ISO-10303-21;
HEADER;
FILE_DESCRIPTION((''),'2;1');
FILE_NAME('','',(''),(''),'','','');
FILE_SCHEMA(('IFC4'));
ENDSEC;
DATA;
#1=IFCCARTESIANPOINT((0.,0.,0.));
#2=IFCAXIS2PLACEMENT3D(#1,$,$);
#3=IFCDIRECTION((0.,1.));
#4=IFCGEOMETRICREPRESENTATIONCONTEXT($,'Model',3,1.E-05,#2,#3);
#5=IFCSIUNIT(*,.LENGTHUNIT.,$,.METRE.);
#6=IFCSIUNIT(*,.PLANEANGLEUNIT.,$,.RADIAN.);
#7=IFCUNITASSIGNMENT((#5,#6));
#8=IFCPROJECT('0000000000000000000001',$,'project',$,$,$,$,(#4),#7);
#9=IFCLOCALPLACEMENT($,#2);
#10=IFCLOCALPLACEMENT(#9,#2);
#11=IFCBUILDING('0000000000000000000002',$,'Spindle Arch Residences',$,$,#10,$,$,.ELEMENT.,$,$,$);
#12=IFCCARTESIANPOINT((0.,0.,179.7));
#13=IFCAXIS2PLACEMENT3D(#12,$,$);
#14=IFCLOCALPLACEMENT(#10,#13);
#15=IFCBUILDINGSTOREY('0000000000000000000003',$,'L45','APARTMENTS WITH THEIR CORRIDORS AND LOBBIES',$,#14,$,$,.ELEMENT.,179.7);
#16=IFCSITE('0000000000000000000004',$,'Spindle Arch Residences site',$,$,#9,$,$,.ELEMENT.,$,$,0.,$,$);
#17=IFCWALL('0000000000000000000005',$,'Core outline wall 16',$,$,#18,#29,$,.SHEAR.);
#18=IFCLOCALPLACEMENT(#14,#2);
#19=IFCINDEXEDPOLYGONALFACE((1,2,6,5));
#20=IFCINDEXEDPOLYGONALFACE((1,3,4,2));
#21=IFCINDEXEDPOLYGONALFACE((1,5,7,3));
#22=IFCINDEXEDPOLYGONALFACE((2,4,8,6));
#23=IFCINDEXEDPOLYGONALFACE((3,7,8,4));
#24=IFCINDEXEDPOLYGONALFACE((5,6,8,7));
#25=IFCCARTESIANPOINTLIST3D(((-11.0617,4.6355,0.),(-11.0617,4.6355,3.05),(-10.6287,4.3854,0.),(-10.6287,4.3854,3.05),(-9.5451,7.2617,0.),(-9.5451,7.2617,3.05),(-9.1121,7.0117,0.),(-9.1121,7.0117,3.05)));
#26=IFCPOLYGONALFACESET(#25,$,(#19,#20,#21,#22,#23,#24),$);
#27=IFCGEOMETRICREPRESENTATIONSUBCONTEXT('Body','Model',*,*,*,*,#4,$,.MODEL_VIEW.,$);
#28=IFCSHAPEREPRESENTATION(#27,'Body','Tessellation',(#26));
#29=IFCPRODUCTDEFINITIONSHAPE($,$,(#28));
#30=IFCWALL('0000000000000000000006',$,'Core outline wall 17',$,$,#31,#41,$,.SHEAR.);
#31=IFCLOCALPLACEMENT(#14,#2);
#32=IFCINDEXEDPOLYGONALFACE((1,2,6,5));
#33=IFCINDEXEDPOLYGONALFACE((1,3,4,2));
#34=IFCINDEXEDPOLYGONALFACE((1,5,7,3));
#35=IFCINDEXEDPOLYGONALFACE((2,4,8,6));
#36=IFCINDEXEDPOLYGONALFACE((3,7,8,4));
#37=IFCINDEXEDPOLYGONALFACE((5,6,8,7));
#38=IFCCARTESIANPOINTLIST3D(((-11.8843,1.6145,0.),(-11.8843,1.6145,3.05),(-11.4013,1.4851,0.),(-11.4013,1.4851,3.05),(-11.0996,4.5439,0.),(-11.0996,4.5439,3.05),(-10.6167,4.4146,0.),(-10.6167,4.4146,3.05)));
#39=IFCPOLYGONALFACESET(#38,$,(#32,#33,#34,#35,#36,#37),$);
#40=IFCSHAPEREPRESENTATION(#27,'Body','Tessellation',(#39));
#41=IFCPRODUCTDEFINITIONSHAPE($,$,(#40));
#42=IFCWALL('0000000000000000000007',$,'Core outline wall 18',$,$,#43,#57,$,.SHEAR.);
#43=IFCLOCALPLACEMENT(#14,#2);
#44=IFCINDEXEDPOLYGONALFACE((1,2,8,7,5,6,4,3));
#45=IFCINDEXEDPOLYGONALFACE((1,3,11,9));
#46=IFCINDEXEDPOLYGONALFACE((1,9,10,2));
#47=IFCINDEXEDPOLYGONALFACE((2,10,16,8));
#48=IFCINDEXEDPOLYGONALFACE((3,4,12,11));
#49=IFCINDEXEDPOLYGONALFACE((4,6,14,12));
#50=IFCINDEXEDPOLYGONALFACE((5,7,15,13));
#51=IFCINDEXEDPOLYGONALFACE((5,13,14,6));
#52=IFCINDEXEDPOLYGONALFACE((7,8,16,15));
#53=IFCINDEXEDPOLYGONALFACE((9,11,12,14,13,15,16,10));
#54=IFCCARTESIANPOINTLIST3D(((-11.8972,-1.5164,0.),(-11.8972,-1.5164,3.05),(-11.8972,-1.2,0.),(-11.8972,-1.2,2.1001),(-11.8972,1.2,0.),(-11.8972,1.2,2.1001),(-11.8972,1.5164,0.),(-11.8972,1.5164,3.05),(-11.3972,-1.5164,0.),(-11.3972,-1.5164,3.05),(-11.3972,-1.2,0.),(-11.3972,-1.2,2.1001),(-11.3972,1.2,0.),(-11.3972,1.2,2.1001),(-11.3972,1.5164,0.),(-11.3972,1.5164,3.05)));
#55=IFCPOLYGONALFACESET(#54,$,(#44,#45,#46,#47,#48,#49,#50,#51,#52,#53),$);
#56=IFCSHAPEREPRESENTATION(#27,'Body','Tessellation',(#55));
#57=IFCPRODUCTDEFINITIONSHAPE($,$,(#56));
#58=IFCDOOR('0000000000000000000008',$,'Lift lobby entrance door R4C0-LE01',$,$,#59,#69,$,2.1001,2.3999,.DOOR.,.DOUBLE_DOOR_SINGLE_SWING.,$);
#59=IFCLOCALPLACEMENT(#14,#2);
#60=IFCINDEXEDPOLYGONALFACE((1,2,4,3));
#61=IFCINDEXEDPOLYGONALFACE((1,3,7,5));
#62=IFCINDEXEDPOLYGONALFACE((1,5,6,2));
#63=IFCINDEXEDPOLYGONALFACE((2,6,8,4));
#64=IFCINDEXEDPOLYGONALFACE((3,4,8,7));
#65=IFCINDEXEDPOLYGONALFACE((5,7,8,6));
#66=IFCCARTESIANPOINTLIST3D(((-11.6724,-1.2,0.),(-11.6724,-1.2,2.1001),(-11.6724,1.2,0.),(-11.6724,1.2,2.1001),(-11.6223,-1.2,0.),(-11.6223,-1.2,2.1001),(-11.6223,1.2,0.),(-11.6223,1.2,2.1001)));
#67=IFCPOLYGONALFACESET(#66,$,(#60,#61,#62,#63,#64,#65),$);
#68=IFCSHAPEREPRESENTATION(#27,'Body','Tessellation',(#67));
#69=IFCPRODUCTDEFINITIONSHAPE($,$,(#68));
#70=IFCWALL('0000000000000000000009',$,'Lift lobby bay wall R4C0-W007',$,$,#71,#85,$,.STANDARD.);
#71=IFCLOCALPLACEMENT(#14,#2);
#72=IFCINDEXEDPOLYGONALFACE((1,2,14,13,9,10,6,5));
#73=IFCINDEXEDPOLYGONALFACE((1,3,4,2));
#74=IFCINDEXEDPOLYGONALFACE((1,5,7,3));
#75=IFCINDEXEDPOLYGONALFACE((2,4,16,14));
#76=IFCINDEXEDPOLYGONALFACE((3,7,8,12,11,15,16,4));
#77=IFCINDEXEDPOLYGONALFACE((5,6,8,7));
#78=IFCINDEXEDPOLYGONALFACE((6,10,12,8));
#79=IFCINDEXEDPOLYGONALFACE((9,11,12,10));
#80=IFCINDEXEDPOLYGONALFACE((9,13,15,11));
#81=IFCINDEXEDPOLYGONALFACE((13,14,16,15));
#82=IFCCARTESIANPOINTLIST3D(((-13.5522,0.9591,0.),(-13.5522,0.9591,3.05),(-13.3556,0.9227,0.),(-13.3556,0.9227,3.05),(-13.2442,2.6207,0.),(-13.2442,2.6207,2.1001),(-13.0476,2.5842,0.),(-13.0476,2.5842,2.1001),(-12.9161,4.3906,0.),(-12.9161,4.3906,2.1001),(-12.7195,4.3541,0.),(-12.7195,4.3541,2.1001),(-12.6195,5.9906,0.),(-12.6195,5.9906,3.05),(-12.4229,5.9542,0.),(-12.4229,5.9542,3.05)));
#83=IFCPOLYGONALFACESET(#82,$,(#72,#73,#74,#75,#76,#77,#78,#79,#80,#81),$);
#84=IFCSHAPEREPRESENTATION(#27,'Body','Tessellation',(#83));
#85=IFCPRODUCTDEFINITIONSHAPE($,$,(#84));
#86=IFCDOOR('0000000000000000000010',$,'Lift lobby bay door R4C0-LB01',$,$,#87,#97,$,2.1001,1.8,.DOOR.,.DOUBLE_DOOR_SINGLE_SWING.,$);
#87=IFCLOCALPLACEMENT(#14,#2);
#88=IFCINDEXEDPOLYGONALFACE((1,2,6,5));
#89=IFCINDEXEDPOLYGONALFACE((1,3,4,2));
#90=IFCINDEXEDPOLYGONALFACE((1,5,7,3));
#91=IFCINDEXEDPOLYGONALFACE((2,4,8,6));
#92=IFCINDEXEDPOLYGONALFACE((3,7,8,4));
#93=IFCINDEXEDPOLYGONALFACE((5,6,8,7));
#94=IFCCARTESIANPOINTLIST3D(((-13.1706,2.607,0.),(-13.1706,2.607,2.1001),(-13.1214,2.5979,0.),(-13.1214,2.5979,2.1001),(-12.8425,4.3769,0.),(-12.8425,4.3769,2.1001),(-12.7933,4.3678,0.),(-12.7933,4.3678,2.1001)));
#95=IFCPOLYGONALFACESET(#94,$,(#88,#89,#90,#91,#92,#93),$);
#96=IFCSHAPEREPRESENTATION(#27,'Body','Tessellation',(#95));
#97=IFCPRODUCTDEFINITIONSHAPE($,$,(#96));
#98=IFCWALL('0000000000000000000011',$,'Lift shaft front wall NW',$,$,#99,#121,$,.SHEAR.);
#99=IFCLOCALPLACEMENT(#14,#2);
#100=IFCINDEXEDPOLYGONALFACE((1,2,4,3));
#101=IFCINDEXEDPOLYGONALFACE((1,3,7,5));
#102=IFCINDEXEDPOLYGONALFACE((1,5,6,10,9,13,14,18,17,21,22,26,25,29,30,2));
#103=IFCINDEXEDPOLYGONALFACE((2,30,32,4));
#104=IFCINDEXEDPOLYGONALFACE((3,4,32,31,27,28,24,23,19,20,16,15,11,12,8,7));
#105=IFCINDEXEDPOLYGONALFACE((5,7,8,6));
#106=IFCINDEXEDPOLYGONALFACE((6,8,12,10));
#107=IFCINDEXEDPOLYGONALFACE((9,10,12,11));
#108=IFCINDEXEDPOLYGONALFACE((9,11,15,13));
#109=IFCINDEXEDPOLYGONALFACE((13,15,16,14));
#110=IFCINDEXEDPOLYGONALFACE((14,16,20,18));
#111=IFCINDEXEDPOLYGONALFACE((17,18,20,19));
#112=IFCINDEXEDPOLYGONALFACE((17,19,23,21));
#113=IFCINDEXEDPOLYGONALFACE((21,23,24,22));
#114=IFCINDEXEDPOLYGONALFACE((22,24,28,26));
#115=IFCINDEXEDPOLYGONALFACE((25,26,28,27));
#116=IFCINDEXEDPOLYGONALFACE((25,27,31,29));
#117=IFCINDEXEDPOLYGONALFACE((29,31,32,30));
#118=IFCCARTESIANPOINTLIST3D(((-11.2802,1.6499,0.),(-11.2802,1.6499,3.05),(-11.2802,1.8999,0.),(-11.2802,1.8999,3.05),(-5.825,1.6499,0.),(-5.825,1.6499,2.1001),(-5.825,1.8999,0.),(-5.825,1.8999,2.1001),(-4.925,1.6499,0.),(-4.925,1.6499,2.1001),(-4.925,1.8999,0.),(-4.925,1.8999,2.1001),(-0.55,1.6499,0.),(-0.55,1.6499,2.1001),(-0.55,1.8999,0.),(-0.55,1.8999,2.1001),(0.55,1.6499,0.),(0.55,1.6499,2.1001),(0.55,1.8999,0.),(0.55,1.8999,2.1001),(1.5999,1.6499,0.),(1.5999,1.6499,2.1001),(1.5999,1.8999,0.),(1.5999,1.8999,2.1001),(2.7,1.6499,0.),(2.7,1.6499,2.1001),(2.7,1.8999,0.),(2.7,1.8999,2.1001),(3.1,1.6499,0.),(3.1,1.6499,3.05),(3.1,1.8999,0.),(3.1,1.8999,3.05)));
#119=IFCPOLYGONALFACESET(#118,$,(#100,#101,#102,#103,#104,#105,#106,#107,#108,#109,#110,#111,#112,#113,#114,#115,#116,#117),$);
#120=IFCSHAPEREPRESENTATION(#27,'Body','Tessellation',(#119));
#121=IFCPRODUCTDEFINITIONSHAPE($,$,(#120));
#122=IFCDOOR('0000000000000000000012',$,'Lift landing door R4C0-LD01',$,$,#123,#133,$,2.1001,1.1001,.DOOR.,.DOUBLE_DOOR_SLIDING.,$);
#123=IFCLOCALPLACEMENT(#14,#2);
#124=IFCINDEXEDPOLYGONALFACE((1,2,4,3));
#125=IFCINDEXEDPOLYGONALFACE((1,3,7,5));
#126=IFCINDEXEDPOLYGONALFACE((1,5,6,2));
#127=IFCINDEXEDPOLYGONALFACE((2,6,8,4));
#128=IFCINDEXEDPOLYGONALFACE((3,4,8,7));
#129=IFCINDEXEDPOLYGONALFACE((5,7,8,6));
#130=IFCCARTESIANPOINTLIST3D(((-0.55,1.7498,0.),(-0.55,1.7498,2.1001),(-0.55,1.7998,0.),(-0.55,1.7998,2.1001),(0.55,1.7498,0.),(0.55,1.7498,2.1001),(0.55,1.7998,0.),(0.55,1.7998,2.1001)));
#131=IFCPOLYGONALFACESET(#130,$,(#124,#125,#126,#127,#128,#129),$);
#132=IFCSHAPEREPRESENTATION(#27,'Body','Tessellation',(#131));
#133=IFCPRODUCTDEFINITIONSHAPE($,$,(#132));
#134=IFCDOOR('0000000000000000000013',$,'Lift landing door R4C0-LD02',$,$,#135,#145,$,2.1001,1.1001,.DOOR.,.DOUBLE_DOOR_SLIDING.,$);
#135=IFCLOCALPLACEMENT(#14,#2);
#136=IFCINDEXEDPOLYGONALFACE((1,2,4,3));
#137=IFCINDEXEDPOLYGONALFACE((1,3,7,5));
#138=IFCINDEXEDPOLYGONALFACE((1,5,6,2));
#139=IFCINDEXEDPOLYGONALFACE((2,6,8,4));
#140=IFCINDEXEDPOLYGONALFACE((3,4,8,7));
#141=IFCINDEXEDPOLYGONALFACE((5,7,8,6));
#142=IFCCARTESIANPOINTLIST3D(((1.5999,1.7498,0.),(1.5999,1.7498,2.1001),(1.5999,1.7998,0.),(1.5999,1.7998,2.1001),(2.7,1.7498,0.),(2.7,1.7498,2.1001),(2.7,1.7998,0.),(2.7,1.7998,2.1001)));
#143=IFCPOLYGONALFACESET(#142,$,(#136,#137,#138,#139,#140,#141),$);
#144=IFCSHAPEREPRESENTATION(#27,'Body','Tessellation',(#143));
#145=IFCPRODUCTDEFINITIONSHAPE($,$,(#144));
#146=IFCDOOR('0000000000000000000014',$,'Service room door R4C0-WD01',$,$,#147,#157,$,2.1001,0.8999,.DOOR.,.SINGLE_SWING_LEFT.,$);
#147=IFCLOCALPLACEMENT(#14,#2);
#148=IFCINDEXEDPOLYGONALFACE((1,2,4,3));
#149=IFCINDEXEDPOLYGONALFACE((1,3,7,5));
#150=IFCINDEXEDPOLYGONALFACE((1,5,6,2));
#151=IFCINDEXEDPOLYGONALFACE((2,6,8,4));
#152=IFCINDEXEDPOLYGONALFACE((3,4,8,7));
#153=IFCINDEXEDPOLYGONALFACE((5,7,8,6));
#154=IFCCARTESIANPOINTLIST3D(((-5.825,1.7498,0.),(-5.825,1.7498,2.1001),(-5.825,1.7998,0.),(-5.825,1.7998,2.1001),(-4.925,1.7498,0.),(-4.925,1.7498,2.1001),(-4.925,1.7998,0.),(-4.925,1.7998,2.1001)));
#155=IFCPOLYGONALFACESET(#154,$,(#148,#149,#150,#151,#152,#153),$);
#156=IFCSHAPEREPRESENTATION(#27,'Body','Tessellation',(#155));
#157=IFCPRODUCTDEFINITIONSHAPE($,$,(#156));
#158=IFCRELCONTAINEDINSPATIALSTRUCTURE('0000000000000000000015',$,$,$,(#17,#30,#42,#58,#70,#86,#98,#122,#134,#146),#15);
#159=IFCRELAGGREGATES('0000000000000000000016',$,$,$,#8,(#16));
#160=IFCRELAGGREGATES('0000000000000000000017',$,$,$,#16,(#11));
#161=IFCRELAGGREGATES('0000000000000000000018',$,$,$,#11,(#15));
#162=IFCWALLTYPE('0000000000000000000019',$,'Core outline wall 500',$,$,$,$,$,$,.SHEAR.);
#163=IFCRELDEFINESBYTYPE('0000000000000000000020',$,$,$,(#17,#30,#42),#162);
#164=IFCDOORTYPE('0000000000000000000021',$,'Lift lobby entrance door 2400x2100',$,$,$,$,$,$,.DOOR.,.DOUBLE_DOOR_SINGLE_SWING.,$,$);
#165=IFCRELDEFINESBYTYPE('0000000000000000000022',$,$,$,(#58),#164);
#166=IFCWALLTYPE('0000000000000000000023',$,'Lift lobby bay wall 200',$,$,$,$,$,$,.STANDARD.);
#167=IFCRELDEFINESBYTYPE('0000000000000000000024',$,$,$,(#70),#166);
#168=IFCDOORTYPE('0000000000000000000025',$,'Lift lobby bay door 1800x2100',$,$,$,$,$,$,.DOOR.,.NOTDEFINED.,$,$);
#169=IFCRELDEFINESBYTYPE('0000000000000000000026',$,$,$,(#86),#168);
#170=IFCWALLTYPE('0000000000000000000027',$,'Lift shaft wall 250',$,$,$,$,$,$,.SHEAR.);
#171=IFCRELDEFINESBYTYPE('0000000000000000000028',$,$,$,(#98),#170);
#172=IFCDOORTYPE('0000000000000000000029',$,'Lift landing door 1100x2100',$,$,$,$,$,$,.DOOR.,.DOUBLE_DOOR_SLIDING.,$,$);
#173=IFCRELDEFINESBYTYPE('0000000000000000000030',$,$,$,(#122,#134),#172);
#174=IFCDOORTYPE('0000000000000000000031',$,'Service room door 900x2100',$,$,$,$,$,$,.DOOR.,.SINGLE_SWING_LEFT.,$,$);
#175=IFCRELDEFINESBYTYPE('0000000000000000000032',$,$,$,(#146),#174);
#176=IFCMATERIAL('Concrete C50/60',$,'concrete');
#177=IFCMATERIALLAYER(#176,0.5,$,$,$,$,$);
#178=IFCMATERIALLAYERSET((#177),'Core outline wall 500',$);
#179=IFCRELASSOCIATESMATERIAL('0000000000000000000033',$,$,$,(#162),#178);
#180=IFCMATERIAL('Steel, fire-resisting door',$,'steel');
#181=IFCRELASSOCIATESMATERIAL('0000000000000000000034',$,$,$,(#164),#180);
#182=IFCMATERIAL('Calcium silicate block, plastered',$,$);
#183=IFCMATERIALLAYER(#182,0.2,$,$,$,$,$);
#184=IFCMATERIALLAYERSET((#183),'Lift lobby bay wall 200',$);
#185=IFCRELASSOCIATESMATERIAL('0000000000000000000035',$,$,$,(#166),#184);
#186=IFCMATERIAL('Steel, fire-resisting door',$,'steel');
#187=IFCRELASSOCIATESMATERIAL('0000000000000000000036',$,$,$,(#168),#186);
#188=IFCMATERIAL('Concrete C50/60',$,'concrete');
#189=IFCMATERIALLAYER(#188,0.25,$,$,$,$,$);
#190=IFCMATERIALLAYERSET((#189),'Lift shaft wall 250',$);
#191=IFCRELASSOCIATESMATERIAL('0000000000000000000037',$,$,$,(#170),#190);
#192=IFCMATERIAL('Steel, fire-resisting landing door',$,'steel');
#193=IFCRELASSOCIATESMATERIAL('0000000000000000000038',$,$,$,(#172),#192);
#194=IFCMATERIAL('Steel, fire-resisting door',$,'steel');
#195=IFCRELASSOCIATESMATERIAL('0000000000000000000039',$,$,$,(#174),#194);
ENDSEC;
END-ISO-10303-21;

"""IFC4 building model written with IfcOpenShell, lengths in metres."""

from ifc_helpers import new_model, si_unit, direction, frame, frame_2d, origin, place, context, subcontext, project, spatial, rectangle, extrude, material, layer, layer_set, type_object, element, fill, save


model = new_model("IFC4")

# Units and contexts
model_context = context("Model", 3, precision=1e-05, world=origin(), true_north=direction((0.0, 1.0)))
body_context = subcontext(model_context, "Body", "Model", "MODEL_VIEW")
ifc_project = project(units=[si_unit("LENGTHUNIT", "METRE"), si_unit("PLANEANGLEUNIT", "RADIAN")], contexts=[model_context])

# Site, building, storey
site_placement = place(None, origin())
site = spatial("IfcSite", under=ifc_project, at=site_placement, Name="Spindle Arch Residences site", CompositionType="ELEMENT", RefElevation=0.0)
building_placement = place(site_placement, origin())
building = spatial("IfcBuilding", under=site, at=building_placement, Name="Spindle Arch Residences", CompositionType="ELEMENT")
storey_placement = place(building_placement, frame((0.0, 0.0, 179.7)))
storey = spatial("IfcBuildingStorey", under=building, at=storey_placement, Name="L45", Description="APARTMENTS WITH THEIR CORRIDORS AND LOBBIES", CompositionType="ELEMENT", Elevation=179.7)

# Walls
ifc_material_1 = material(Name="Concrete C50/60", Category="concrete")
ifc_layer_1 = layer(ifc_material_1, 0.5)
ifc_layer_set_1 = layer_set([ifc_layer_1], Name="Core outline wall 500")
wall_type_1 = type_object("IfcWallType", Name="Core outline wall 500", PredefinedType="SHEAR", material=ifc_layer_set_1)
for number, where, z_axis, x_axis, name in (
    (1, (-9.3286, 7.1367, 0.0), (0.0, 0.0, 1.0), (-0.500087, -0.865975, 0.0), "Core outline wall 16"),
    (2, (-10.8582, 4.4792, 0.0), (0.0, 0.0, 1.0), (-0.258735, -0.965948, 0.0), "Core outline wall 17"),
):
    element("IfcWall", number, at=place(storey_placement, frame(where, z_axis=z_axis, x_axis=x_axis)), inside=storey, type_object=wall_type_1, Name=name, PredefinedType="SHEAR", context=body_context, shape_type="SweptSolid", body=[
        extrude(rectangle(XDim=3.0327, YDim=0.5, at=frame_2d((1.5164, 0.0))), origin(), (0.0, 0.0, 1.0), 3.05),
    ])

# Walls, openings, doors
wall_1_placement = place(storey_placement, frame((-11.6472, 1.5164, 0.0), z_axis=(0.0, 0.0, 1.0), x_axis=(0.0, -1.0, 0.0)))
wall_1 = element("IfcWall", 3, at=wall_1_placement, inside=storey, type_object=wall_type_1, Name="Core outline wall 18", PredefinedType="SHEAR", context=body_context, shape_type="SweptSolid", body=[
    extrude(rectangle(XDim=3.0327, YDim=0.5, at=frame_2d((1.5164, 0.0))), origin(), (0.0, 0.0, 1.0), 3.05),
])
opening_1_placement = place(wall_1_placement, frame((0.3164, 0.0, 0.0)))
opening_1 = element("IfcOpeningElement", 4, at=opening_1_placement, cuts=wall_1, PredefinedType="OPENING", context=body_context, shape_type="SweptSolid", body=[
    extrude(rectangle(XDim=2.3999, YDim=2.1001, at=frame_2d((1.2, 1.05))), frame((0.0, 0.26, 0.0), z_axis=(0.0, -1.0, 0.0), x_axis=(1.0, 0.0, 0.0)), (0.0, 0.0, 1.0), 0.52),
])
ifc_material_2 = material(Name="Steel, fire-resisting door", Category="steel")
door_type_1 = type_object("IfcDoorType", Name="Lift lobby entrance door 2400x2100", OperationType="DOUBLE_DOOR_SINGLE_SWING", PredefinedType="DOOR", material=ifc_material_2)
door_1_placement = place(opening_1_placement, origin())
door_1 = element("IfcDoor", 5, at=door_1_placement, inside=storey, type_object=door_type_1, Name="Lift lobby entrance door R4C0-LE01", OperationType="DOUBLE_DOOR_SINGLE_SWING", OverallHeight=2.1001, OverallWidth=2.3999, PredefinedType="DOOR", context=body_context, shape_type="SweptSolid", body=[
    extrude(rectangle(XDim=2.3999, YDim=2.1001, at=frame_2d((1.2, 1.05))), frame((0.0, 0.0249, 0.0), z_axis=(0.0, -1.0, 0.0), x_axis=(1.0, 0.0, 0.0)), (0.0, 0.0, 1.0), 0.05),
])
fill(opening_1, door_1)
ifc_material_3 = material(Name="Calcium silicate block, plastered")
ifc_layer_2 = layer(ifc_material_3, 0.2)
ifc_layer_set_2 = layer_set([ifc_layer_2], Name="Lift lobby bay wall 200")
wall_type_2 = type_object("IfcWallType", Name="Lift lobby bay wall 200", PredefinedType="STANDARD", material=ifc_layer_set_2)
wall_2_placement = place(storey_placement, frame((-12.5212, 5.9724, 0.0), z_axis=(0.0, 0.0, 1.0), x_axis=(-0.182252, -0.983252, 0.0)))
wall_2 = element("IfcWall", 6, at=wall_2_placement, inside=storey, type_object=wall_type_2, Name="Lift lobby bay wall R4C0-W007", PredefinedType="STANDARD", context=body_context, shape_type="SweptSolid", body=[
    extrude(rectangle(XDim=5.1172, YDim=0.2, at=frame_2d((2.5586, 0.0))), origin(), (0.0, 0.0, 1.0), 3.05),
])
opening_2_placement = place(wall_2_placement, frame((1.6274, 0.0, 0.0)))
opening_2 = element("IfcOpeningElement", 7, at=opening_2_placement, cuts=wall_2, PredefinedType="OPENING", context=body_context, shape_type="SweptSolid", body=[
    extrude(rectangle(XDim=1.8, YDim=2.1001, at=frame_2d((0.8999, 1.05))), frame((0.0, 0.1099, 0.0), z_axis=(0.0, -1.0, 0.0), x_axis=(1.0, 0.0, 0.0)), (0.0, 0.0, 1.0), 0.22),
])
ifc_material_4 = material(Name="Steel, fire-resisting door", Category="steel")
door_type_2 = type_object("IfcDoorType", Name="Lift lobby bay door 1800x2100", OperationType="NOTDEFINED", PredefinedType="DOOR", material=ifc_material_4)
door_2_placement = place(opening_2_placement, origin())
door_2 = element("IfcDoor", 8, at=door_2_placement, inside=storey, type_object=door_type_2, Name="Lift lobby bay door R4C0-LB01", OperationType="DOUBLE_DOOR_SINGLE_SWING", OverallHeight=2.1001, OverallWidth=1.8, PredefinedType="DOOR", context=body_context, shape_type="SweptSolid", body=[
    extrude(rectangle(XDim=1.8, YDim=2.1001, at=frame_2d((0.8999, 1.05))), frame((0.0, 0.0249, 0.0), z_axis=(0.0, -1.0, 0.0), x_axis=(1.0, 0.0, 0.0)), (0.0, 0.0, 1.0), 0.05),
])
fill(opening_2, door_2)

# Wall, openings, doors
ifc_material_5 = material(Name="Concrete C50/60", Category="concrete")
ifc_layer_3 = layer(ifc_material_5, 0.25)
ifc_layer_set_3 = layer_set([ifc_layer_3], Name="Lift shaft wall 250")
wall_type_3 = type_object("IfcWallType", Name="Lift shaft wall 250", PredefinedType="SHEAR", material=ifc_layer_set_3)
wall_3_placement = place(storey_placement, frame((-11.28, 1.7749, 0.0), z_axis=(0.0, 0.0, 1.0), x_axis=(1.0, 0.0, 0.0)))
wall_3 = element("IfcWall", 9, at=wall_3_placement, inside=storey, type_object=wall_type_3, Name="Lift shaft front wall NW", PredefinedType="SHEAR", context=body_context, shape_type="SweptSolid", body=[
    extrude(rectangle(XDim=14.3801, YDim=0.25, at=frame_2d((7.1899, 0.0))), origin(), (0.0, 0.0, 1.0), 3.05),
])
opening_3_placement = place(wall_3_placement, frame((10.73, 0.0, 0.0)))
opening_3 = element("IfcOpeningElement", 10, at=opening_3_placement, cuts=wall_3, PredefinedType="OPENING", context=body_context, shape_type="SweptSolid", body=[
    extrude(rectangle(XDim=1.1001, YDim=2.1001, at=frame_2d((0.55, 1.05))), frame((0.0, 0.135, 0.0), z_axis=(0.0, -1.0, 0.0), x_axis=(1.0, 0.0, 0.0)), (0.0, 0.0, 1.0), 0.27),
])
opening_4_placement = place(wall_3_placement, frame((12.8799, 0.0, 0.0)))
opening_4 = element("IfcOpeningElement", 11, at=opening_4_placement, cuts=wall_3, PredefinedType="OPENING", context=body_context, shape_type="SweptSolid", body=[
    extrude(rectangle(XDim=1.1001, YDim=2.1001, at=frame_2d((0.55, 1.05))), frame((0.0, 0.135, 0.0), z_axis=(0.0, -1.0, 0.0), x_axis=(1.0, 0.0, 0.0)), (0.0, 0.0, 1.0), 0.27),
])
opening_5_placement = place(wall_3_placement, frame((5.4551, 0.0, 0.0)))
opening_5 = element("IfcOpeningElement", 12, at=opening_5_placement, cuts=wall_3, PredefinedType="OPENING", context=body_context, shape_type="SweptSolid", body=[
    extrude(rectangle(XDim=0.8999, YDim=2.1001, at=frame_2d((0.45, 1.05))), frame((0.0, 0.135, 0.0), z_axis=(0.0, -1.0, 0.0), x_axis=(1.0, 0.0, 0.0)), (0.0, 0.0, 1.0), 0.27),
])
ifc_material_6 = material(Name="Steel, fire-resisting landing door", Category="steel")
door_type_3 = type_object("IfcDoorType", Name="Lift landing door 1100x2100", OperationType="DOUBLE_DOOR_SLIDING", PredefinedType="DOOR", material=ifc_material_6)
door_3_placement = place(opening_3_placement, origin())
door_3 = element("IfcDoor", 13, at=door_3_placement, inside=storey, type_object=door_type_3, Name="Lift landing door R4C0-LD01", OperationType="DOUBLE_DOOR_SLIDING", OverallHeight=2.1001, OverallWidth=1.1001, PredefinedType="DOOR", context=body_context, shape_type="SweptSolid", body=[
    extrude(rectangle(XDim=1.1001, YDim=2.1001, at=frame_2d((0.55, 1.05))), frame((0.0, 0.0249, 0.0), z_axis=(0.0, -1.0, 0.0), x_axis=(1.0, 0.0, 0.0)), (0.0, 0.0, 1.0), 0.05),
])
fill(opening_3, door_3)
door_4_placement = place(opening_4_placement, origin())
door_4 = element("IfcDoor", 14, at=door_4_placement, inside=storey, type_object=door_type_3, Name="Lift landing door R4C0-LD02", OperationType="DOUBLE_DOOR_SLIDING", OverallHeight=2.1001, OverallWidth=1.1001, PredefinedType="DOOR", context=body_context, shape_type="SweptSolid", body=[
    extrude(rectangle(XDim=1.1001, YDim=2.1001, at=frame_2d((0.55, 1.05))), frame((0.0, 0.0249, 0.0), z_axis=(0.0, -1.0, 0.0), x_axis=(1.0, 0.0, 0.0)), (0.0, 0.0, 1.0), 0.05),
])
fill(opening_4, door_4)
ifc_material_7 = material(Name="Steel, fire-resisting door", Category="steel")
door_type_4 = type_object("IfcDoorType", Name="Service room door 900x2100", OperationType="SINGLE_SWING_LEFT", PredefinedType="DOOR", material=ifc_material_7)
door_5_placement = place(opening_5_placement, origin())
door_5 = element("IfcDoor", 15, at=door_5_placement, inside=storey, type_object=door_type_4, Name="Service room door R4C0-WD01", OperationType="SINGLE_SWING_LEFT", OverallHeight=2.1001, OverallWidth=0.8999, PredefinedType="DOOR", context=body_context, shape_type="SweptSolid", body=[
    extrude(rectangle(XDim=0.8999, YDim=2.1001, at=frame_2d((0.45, 1.05))), frame((0.0, 0.0249, 0.0), z_axis=(0.0, -1.0, 0.0), x_axis=(1.0, 0.0, 0.0)), (0.0, 0.0, 1.0), 0.05),
])
fill(opening_5, door_5)

save(model, "model.ifc")
